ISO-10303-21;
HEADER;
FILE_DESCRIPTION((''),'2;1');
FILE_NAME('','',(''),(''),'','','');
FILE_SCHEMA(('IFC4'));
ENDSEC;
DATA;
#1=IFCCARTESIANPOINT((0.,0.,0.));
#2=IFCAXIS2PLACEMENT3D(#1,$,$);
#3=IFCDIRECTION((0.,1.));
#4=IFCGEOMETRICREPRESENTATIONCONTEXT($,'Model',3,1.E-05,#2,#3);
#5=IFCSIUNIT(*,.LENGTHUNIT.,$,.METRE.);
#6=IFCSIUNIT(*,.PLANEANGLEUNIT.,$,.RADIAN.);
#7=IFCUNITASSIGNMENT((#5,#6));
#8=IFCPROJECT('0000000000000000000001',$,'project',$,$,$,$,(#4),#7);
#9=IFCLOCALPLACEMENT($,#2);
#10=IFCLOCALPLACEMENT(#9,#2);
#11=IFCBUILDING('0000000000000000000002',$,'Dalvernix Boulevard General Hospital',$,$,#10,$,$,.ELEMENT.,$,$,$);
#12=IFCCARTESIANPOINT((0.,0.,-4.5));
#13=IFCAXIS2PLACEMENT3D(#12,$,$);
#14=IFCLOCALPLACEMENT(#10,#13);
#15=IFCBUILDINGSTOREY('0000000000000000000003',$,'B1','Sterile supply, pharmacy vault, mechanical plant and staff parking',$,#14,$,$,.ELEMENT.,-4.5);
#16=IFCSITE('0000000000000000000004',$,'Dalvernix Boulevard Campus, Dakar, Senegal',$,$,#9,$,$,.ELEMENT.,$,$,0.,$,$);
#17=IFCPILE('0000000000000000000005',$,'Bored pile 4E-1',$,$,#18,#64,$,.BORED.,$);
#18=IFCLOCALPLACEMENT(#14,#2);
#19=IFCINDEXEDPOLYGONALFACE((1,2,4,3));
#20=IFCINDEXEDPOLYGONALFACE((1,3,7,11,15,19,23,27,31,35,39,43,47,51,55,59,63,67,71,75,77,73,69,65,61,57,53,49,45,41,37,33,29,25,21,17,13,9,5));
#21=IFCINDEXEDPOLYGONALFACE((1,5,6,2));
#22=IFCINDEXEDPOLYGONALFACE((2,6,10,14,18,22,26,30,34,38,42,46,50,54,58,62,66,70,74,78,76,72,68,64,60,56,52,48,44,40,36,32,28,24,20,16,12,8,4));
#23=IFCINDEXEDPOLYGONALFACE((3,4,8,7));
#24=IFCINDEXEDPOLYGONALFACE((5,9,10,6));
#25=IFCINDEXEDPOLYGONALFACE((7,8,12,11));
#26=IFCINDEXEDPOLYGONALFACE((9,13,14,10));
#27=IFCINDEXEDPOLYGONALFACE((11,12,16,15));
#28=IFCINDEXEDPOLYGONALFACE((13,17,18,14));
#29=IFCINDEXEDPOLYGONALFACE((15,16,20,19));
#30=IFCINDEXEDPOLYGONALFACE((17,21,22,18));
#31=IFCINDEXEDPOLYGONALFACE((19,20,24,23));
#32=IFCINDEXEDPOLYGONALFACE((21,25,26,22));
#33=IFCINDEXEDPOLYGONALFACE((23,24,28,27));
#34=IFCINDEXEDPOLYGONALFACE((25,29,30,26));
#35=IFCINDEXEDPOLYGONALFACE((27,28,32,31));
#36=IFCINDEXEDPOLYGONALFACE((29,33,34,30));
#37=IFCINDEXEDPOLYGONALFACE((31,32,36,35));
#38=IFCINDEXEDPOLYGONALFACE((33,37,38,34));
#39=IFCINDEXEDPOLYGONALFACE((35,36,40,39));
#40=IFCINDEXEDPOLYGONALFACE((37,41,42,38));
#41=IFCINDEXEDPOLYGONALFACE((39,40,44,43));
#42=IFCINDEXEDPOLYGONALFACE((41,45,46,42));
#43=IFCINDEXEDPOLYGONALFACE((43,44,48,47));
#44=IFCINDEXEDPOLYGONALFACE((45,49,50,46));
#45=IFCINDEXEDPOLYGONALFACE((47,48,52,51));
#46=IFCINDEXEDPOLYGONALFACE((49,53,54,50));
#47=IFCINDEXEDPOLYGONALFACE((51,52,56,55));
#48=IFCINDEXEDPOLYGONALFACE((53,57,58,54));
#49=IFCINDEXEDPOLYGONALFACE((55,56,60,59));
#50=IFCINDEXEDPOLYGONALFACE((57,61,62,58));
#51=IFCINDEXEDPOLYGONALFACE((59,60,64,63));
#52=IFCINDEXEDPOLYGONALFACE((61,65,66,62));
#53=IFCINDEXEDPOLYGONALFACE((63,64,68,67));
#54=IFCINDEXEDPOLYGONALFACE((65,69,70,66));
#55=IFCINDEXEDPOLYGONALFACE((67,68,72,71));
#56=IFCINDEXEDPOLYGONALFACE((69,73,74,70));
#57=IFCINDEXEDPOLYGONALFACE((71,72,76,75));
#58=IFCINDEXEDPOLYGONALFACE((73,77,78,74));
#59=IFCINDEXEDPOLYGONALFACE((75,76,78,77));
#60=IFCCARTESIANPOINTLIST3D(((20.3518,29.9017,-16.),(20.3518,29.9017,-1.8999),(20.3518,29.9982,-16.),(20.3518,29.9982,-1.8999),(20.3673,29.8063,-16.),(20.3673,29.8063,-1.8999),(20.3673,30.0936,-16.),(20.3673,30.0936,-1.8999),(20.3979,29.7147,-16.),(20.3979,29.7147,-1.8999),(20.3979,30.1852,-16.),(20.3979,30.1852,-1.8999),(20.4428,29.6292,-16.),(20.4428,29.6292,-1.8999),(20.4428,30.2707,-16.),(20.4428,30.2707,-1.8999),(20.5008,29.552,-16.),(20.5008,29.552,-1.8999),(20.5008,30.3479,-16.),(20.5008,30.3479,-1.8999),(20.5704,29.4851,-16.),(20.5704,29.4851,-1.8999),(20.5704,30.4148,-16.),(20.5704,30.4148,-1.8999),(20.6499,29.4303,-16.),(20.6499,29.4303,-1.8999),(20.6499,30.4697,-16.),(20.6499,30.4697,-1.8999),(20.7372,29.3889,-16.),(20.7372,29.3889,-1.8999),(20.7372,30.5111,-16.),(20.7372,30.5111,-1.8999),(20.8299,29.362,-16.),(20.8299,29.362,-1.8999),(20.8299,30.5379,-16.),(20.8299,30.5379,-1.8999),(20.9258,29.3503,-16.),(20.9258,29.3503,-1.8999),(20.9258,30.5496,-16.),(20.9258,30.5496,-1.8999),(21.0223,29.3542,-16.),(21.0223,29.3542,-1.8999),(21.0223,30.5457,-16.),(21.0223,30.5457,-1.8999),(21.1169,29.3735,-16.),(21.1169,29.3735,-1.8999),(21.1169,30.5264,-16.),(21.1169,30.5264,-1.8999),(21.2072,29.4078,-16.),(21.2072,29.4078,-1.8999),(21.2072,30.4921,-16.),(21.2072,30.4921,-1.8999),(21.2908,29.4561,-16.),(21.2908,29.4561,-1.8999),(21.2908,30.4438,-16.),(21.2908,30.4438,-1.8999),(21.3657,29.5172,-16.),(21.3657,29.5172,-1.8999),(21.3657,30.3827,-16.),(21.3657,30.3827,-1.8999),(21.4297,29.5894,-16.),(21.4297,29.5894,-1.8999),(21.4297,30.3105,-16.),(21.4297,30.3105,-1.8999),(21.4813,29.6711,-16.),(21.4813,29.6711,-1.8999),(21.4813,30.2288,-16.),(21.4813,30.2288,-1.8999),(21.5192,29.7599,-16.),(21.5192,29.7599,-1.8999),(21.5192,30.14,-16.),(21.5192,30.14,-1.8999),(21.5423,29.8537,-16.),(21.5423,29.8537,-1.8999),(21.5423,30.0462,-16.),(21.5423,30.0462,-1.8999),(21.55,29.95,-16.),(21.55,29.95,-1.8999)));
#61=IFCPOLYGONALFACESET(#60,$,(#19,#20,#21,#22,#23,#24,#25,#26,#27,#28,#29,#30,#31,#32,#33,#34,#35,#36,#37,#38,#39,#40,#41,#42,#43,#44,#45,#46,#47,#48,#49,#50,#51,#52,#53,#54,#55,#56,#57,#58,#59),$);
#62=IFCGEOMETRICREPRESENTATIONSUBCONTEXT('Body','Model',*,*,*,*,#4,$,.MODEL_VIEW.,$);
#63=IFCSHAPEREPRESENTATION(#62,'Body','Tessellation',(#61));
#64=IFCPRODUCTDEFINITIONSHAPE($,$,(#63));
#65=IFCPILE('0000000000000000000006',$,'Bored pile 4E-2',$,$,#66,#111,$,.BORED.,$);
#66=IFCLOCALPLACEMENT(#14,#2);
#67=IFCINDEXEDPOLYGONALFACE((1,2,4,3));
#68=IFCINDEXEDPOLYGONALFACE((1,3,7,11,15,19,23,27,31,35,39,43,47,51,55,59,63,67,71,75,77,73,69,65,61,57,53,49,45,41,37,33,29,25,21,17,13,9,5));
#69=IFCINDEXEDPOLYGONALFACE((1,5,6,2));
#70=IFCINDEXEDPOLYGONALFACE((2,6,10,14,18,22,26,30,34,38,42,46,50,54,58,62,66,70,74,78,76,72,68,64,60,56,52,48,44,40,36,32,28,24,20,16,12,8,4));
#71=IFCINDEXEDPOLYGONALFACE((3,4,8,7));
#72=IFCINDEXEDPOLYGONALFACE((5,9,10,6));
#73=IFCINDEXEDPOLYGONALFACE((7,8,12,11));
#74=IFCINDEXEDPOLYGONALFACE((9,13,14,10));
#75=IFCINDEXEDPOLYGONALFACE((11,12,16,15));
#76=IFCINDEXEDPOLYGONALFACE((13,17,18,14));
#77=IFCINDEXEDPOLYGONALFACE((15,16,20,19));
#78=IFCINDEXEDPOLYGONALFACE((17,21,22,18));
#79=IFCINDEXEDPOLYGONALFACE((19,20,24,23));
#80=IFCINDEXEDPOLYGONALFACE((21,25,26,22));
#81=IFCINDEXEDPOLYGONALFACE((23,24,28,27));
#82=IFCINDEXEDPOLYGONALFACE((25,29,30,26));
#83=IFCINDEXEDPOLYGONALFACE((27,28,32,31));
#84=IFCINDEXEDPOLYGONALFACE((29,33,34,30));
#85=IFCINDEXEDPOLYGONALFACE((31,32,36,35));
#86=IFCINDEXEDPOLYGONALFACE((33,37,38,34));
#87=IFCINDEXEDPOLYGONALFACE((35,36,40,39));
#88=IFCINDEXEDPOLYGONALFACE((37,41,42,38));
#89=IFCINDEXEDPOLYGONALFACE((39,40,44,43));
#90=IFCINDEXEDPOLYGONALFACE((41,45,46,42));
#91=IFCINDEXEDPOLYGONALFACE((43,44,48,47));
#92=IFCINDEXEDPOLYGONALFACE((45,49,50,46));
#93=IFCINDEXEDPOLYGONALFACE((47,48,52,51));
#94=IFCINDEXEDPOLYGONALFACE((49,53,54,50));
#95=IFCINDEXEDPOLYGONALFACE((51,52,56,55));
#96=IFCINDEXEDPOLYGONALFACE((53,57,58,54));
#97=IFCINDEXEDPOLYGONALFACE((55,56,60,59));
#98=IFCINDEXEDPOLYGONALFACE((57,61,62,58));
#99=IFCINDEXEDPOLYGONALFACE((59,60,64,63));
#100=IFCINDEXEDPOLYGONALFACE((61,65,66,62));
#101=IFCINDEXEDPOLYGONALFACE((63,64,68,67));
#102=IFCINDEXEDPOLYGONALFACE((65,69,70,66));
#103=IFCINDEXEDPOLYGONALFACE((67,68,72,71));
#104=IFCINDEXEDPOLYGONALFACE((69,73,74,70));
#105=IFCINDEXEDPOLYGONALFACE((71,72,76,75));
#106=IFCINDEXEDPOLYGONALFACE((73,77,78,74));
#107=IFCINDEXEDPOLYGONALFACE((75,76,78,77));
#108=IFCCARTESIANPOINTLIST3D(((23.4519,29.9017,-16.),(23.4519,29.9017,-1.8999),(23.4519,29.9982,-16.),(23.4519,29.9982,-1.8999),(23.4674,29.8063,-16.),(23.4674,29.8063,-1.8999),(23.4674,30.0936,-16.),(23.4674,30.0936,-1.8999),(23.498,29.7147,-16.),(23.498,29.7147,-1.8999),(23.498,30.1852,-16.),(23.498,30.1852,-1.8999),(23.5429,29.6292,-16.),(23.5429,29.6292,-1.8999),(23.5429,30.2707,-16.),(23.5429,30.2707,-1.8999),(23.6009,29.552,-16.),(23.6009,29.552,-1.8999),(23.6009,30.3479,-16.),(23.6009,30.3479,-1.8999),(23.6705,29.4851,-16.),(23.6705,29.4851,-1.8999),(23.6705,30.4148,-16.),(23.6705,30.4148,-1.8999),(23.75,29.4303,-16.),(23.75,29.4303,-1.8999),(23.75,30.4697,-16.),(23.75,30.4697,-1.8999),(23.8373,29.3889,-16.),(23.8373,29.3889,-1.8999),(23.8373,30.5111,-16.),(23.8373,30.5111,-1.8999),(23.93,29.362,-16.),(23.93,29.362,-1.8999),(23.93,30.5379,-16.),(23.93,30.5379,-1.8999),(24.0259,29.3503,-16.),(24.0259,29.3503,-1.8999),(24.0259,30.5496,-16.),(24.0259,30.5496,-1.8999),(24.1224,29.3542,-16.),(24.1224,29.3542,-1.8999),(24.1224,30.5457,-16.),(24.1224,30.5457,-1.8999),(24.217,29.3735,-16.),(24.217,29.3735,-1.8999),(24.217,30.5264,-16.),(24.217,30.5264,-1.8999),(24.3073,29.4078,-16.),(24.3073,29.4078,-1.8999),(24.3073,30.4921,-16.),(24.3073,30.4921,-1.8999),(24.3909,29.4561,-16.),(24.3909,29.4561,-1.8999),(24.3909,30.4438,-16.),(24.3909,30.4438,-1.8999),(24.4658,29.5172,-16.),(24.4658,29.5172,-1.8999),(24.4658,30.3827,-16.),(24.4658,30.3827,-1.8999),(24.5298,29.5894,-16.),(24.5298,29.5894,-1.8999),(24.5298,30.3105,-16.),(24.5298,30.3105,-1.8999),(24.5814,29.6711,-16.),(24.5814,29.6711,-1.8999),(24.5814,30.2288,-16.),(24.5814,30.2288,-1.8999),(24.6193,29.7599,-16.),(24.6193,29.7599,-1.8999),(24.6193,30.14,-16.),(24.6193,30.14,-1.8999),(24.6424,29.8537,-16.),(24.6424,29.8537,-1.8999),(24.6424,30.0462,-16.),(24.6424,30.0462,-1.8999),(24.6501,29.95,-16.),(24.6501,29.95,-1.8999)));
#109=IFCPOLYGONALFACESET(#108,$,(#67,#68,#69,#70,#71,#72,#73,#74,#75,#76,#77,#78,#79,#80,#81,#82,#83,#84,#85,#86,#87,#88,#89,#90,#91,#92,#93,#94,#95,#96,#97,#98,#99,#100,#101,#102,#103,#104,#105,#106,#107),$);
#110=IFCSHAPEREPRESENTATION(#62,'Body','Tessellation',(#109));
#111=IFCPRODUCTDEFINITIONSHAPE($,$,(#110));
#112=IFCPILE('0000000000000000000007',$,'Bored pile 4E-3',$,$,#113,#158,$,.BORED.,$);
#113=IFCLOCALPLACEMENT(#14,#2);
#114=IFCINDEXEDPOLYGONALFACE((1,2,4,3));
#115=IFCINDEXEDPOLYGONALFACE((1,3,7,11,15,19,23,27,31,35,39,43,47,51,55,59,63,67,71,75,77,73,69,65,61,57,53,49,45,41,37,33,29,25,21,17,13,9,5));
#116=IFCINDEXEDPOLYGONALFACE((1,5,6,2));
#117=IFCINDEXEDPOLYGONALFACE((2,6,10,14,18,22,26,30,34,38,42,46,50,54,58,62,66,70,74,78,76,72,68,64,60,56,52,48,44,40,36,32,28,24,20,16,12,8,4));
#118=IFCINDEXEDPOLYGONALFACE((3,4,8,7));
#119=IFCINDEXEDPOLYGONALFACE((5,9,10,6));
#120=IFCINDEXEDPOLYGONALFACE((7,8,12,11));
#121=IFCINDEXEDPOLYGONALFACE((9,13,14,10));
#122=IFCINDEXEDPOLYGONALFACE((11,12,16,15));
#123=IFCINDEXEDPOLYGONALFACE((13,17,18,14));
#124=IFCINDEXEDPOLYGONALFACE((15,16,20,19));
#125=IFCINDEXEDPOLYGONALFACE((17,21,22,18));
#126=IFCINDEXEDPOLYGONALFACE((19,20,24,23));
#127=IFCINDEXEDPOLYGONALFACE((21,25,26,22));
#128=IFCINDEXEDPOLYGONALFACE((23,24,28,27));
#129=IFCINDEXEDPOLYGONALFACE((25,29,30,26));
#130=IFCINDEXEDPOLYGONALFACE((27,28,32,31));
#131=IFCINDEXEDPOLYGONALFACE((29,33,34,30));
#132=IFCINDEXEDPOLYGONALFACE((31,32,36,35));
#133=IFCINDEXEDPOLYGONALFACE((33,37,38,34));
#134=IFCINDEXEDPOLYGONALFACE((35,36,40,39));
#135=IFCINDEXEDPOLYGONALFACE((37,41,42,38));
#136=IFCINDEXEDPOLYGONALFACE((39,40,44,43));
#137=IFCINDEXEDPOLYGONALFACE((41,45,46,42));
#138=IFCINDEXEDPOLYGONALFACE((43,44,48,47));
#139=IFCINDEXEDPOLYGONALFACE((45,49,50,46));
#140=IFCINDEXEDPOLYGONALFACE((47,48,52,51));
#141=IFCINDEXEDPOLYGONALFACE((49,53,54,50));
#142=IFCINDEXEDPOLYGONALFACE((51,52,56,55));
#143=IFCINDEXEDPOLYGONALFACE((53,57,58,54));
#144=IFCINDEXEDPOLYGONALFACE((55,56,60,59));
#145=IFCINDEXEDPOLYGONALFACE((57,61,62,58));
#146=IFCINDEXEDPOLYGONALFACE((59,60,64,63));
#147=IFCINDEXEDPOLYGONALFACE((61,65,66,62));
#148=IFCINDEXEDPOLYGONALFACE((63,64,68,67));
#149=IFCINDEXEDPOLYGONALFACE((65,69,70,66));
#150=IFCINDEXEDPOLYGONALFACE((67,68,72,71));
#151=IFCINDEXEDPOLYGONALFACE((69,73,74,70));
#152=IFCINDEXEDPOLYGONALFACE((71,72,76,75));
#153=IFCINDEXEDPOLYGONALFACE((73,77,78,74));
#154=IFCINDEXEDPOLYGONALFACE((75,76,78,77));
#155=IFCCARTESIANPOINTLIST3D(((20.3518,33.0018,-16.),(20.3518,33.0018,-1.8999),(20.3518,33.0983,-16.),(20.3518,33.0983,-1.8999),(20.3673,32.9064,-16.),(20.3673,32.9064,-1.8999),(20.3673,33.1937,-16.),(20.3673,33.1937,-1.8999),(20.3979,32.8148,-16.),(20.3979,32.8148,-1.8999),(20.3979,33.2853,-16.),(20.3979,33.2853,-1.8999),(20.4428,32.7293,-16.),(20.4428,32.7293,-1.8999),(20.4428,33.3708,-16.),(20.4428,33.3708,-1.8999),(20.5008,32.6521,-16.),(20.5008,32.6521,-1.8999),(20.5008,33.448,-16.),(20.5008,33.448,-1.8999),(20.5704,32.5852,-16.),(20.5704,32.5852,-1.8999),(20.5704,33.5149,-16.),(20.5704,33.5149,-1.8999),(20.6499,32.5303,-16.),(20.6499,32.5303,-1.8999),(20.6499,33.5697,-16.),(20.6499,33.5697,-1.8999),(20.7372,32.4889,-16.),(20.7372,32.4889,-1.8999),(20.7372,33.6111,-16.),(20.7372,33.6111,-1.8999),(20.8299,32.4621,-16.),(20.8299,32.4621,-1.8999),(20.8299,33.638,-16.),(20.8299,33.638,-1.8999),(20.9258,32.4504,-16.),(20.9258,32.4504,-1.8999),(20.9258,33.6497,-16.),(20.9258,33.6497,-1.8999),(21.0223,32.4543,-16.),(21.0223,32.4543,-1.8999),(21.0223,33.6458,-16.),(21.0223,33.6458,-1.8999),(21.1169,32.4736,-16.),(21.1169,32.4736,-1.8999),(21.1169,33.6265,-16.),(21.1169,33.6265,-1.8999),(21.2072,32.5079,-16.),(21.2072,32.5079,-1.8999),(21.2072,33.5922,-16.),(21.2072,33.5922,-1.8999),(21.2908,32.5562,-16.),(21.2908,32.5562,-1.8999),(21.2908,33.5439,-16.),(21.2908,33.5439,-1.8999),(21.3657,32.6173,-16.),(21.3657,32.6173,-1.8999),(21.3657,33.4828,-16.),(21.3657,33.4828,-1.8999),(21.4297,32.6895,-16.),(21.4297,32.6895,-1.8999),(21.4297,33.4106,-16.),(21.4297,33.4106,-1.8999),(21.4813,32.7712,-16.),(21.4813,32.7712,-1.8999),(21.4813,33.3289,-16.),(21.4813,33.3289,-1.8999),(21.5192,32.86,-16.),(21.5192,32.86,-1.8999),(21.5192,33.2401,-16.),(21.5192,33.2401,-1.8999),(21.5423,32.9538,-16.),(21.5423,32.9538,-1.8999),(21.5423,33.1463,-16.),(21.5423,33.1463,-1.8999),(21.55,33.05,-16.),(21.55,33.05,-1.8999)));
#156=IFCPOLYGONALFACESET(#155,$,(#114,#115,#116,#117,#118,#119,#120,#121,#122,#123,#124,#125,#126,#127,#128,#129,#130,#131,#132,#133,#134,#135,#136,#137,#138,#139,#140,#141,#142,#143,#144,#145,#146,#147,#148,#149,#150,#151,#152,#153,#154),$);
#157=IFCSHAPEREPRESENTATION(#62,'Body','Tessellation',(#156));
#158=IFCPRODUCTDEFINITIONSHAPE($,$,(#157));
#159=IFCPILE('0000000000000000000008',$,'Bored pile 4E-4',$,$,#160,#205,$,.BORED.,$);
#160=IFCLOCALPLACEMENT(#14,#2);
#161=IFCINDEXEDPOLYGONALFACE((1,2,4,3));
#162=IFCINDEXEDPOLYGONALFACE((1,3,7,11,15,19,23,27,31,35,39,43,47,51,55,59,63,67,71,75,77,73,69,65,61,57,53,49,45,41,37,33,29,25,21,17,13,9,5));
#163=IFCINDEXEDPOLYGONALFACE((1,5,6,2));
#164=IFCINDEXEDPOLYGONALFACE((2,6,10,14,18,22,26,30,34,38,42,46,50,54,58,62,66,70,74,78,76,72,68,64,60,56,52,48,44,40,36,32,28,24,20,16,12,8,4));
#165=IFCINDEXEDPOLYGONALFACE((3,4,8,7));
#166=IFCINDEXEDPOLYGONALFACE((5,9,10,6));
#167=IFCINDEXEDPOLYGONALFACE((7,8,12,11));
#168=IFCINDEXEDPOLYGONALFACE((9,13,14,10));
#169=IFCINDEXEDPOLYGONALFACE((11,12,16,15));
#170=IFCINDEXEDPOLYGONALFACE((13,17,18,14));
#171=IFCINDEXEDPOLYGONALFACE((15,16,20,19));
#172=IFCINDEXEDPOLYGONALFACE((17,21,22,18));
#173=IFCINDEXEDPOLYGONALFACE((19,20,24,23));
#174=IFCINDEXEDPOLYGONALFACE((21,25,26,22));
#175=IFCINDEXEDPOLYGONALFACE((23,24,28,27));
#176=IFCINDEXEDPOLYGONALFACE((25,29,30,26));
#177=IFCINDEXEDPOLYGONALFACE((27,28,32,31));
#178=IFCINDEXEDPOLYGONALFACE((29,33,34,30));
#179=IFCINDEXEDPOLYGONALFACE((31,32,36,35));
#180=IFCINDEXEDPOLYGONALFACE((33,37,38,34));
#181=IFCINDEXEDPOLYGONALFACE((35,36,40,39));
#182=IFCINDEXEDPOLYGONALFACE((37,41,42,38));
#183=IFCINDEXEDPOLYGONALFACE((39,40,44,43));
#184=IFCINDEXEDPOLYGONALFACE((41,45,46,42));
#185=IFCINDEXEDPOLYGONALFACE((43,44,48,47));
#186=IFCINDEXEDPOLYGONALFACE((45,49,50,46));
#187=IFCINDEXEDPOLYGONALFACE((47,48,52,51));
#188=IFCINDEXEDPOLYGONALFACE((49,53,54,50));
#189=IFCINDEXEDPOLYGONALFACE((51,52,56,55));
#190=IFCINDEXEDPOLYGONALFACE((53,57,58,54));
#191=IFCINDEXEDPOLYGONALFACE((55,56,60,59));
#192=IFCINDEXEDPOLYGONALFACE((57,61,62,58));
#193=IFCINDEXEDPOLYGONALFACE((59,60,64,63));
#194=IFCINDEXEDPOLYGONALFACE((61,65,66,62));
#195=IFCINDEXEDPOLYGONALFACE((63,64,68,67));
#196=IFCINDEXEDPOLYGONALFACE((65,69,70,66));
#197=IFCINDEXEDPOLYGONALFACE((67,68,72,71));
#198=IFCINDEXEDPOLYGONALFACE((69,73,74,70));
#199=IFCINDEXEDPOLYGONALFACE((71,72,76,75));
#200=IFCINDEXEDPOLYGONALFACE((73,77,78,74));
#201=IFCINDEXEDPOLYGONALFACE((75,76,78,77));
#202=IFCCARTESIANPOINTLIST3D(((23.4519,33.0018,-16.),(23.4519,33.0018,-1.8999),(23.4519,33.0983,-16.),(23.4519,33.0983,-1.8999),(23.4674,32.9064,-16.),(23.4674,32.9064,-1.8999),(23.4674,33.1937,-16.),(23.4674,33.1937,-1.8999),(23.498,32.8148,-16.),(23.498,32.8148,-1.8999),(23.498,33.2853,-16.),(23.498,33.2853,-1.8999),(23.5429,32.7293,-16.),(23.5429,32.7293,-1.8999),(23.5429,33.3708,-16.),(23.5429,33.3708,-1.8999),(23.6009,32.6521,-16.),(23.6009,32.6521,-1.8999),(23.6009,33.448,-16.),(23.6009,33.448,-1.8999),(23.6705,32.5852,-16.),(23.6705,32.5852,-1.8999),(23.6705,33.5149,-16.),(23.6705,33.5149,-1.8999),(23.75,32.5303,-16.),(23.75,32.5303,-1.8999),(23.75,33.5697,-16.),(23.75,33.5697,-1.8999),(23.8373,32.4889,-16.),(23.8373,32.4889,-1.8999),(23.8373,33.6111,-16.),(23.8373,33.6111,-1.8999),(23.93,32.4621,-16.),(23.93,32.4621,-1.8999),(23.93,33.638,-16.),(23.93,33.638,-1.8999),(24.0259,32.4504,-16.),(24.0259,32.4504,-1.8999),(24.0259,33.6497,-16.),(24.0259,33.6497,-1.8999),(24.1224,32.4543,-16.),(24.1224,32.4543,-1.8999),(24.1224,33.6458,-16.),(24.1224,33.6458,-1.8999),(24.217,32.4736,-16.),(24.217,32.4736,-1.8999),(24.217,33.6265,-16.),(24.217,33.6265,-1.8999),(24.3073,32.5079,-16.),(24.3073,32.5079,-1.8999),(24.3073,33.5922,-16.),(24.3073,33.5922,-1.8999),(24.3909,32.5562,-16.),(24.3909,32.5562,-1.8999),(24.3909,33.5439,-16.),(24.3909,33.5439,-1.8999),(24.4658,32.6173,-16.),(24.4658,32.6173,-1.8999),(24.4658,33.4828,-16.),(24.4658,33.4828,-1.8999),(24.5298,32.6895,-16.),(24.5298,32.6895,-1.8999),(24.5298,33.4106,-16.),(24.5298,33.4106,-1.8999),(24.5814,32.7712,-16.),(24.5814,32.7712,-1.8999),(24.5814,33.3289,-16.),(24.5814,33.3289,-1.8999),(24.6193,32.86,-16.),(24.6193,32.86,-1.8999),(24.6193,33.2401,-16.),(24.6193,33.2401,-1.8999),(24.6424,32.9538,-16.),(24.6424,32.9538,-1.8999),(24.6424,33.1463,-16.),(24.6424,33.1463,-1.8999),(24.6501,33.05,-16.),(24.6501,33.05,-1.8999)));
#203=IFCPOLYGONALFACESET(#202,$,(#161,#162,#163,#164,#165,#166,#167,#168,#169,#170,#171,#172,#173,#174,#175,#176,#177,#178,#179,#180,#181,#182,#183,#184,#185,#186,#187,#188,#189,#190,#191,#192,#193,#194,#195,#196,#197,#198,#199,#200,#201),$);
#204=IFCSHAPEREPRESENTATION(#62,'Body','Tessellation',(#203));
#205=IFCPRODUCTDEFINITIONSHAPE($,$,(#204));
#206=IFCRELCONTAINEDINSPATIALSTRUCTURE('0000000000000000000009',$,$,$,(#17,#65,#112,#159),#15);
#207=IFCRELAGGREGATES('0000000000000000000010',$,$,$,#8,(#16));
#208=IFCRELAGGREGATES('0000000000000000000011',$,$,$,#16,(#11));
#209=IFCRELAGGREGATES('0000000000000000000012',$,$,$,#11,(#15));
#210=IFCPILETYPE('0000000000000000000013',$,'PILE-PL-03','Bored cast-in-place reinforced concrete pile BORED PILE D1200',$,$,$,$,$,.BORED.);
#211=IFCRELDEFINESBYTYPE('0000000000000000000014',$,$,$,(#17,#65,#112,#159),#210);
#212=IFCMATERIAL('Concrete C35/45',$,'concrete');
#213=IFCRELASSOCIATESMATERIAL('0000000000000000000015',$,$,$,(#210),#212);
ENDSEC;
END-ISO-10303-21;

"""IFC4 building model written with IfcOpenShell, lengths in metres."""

from ifc_helpers import new_model, si_unit, direction, frame, origin, origin_2d, place, context, subcontext, project, spatial, circle, extrude, material, material_profile, profile_set, type_object, element, save


model = new_model("IFC4")

# Units and contexts
model_context = context("Model", 3, precision=1e-05, world=origin(), true_north=direction((0.0, 1.0)))
body_context = subcontext(model_context, "Body", "Model", "MODEL_VIEW")
ifc_project = project(units=[si_unit("LENGTHUNIT", "METRE"), si_unit("PLANEANGLEUNIT", "RADIAN")], contexts=[model_context])

# Site, building, storey
site_placement = place(None, origin())
site = spatial("IfcSite", under=ifc_project, at=site_placement, Name="Dalvernix Boulevard Campus, Dakar, Senegal", CompositionType="ELEMENT", RefElevation=0.0)
building_placement = place(site_placement, origin())
building = spatial("IfcBuilding", under=site, at=building_placement, Name="Dalvernix Boulevard General Hospital", CompositionType="ELEMENT")
storey_placement = place(building_placement, frame((0.0, 0.0, -4.5)))
storey = spatial("IfcBuildingStorey", under=building, at=storey_placement, Name="B1", Description="Sterile supply, pharmacy vault, mechanical plant and staff parking", CompositionType="ELEMENT", Elevation=-4.5)

# Shared definitions
ifc_material_1 = material(Name="Concrete C35/45", Category="concrete")

# Piles
ifc_material_profile_1 = material_profile(ifc_material_1, circle(Radius=0.6001, at=origin_2d()), Name="BORED PILE D1200")
ifc_profile_set_1 = profile_set([ifc_material_profile_1], Name="Concrete C35/45")
pile_type = type_object("IfcPileType", Name="PILE-PL-03", Description="Bored cast-in-place reinforced concrete pile BORED PILE D1200", PredefinedType="BORED", material=ifc_profile_set_1)
for number, where, z_axis, x_axis, name in (
    (1, (20.95, 29.95, -1.8999), (0.0, 0.0, -1.0), (1.0, 0.0, 0.0), "Bored pile 4E-1"),
    (2, (24.05, 29.95, -1.8999), (0.0, 0.0, -1.0), (1.0, 0.0, 0.0), "Bored pile 4E-2"),
    (3, (20.95, 33.05, -1.8999), (0.0, 0.0, -1.0), (1.0, 0.0, 0.0), "Bored pile 4E-3"),
    (4, (24.05, 33.05, -1.8999), (0.0, 0.0, -1.0), (1.0, 0.0, 0.0), "Bored pile 4E-4"),
):
    element("IfcPile", number, at=place(storey_placement, frame(where, z_axis=z_axis, x_axis=x_axis)), inside=storey, type_object=pile_type, Name=name, PredefinedType="BORED", context=body_context, shape_type="SweptSolid", body=[
        extrude(circle(Radius=0.6001, at=origin_2d()), origin(), (0.0, 0.0, 1.0), 14.1001),
    ])

save(model, "model.ifc")
